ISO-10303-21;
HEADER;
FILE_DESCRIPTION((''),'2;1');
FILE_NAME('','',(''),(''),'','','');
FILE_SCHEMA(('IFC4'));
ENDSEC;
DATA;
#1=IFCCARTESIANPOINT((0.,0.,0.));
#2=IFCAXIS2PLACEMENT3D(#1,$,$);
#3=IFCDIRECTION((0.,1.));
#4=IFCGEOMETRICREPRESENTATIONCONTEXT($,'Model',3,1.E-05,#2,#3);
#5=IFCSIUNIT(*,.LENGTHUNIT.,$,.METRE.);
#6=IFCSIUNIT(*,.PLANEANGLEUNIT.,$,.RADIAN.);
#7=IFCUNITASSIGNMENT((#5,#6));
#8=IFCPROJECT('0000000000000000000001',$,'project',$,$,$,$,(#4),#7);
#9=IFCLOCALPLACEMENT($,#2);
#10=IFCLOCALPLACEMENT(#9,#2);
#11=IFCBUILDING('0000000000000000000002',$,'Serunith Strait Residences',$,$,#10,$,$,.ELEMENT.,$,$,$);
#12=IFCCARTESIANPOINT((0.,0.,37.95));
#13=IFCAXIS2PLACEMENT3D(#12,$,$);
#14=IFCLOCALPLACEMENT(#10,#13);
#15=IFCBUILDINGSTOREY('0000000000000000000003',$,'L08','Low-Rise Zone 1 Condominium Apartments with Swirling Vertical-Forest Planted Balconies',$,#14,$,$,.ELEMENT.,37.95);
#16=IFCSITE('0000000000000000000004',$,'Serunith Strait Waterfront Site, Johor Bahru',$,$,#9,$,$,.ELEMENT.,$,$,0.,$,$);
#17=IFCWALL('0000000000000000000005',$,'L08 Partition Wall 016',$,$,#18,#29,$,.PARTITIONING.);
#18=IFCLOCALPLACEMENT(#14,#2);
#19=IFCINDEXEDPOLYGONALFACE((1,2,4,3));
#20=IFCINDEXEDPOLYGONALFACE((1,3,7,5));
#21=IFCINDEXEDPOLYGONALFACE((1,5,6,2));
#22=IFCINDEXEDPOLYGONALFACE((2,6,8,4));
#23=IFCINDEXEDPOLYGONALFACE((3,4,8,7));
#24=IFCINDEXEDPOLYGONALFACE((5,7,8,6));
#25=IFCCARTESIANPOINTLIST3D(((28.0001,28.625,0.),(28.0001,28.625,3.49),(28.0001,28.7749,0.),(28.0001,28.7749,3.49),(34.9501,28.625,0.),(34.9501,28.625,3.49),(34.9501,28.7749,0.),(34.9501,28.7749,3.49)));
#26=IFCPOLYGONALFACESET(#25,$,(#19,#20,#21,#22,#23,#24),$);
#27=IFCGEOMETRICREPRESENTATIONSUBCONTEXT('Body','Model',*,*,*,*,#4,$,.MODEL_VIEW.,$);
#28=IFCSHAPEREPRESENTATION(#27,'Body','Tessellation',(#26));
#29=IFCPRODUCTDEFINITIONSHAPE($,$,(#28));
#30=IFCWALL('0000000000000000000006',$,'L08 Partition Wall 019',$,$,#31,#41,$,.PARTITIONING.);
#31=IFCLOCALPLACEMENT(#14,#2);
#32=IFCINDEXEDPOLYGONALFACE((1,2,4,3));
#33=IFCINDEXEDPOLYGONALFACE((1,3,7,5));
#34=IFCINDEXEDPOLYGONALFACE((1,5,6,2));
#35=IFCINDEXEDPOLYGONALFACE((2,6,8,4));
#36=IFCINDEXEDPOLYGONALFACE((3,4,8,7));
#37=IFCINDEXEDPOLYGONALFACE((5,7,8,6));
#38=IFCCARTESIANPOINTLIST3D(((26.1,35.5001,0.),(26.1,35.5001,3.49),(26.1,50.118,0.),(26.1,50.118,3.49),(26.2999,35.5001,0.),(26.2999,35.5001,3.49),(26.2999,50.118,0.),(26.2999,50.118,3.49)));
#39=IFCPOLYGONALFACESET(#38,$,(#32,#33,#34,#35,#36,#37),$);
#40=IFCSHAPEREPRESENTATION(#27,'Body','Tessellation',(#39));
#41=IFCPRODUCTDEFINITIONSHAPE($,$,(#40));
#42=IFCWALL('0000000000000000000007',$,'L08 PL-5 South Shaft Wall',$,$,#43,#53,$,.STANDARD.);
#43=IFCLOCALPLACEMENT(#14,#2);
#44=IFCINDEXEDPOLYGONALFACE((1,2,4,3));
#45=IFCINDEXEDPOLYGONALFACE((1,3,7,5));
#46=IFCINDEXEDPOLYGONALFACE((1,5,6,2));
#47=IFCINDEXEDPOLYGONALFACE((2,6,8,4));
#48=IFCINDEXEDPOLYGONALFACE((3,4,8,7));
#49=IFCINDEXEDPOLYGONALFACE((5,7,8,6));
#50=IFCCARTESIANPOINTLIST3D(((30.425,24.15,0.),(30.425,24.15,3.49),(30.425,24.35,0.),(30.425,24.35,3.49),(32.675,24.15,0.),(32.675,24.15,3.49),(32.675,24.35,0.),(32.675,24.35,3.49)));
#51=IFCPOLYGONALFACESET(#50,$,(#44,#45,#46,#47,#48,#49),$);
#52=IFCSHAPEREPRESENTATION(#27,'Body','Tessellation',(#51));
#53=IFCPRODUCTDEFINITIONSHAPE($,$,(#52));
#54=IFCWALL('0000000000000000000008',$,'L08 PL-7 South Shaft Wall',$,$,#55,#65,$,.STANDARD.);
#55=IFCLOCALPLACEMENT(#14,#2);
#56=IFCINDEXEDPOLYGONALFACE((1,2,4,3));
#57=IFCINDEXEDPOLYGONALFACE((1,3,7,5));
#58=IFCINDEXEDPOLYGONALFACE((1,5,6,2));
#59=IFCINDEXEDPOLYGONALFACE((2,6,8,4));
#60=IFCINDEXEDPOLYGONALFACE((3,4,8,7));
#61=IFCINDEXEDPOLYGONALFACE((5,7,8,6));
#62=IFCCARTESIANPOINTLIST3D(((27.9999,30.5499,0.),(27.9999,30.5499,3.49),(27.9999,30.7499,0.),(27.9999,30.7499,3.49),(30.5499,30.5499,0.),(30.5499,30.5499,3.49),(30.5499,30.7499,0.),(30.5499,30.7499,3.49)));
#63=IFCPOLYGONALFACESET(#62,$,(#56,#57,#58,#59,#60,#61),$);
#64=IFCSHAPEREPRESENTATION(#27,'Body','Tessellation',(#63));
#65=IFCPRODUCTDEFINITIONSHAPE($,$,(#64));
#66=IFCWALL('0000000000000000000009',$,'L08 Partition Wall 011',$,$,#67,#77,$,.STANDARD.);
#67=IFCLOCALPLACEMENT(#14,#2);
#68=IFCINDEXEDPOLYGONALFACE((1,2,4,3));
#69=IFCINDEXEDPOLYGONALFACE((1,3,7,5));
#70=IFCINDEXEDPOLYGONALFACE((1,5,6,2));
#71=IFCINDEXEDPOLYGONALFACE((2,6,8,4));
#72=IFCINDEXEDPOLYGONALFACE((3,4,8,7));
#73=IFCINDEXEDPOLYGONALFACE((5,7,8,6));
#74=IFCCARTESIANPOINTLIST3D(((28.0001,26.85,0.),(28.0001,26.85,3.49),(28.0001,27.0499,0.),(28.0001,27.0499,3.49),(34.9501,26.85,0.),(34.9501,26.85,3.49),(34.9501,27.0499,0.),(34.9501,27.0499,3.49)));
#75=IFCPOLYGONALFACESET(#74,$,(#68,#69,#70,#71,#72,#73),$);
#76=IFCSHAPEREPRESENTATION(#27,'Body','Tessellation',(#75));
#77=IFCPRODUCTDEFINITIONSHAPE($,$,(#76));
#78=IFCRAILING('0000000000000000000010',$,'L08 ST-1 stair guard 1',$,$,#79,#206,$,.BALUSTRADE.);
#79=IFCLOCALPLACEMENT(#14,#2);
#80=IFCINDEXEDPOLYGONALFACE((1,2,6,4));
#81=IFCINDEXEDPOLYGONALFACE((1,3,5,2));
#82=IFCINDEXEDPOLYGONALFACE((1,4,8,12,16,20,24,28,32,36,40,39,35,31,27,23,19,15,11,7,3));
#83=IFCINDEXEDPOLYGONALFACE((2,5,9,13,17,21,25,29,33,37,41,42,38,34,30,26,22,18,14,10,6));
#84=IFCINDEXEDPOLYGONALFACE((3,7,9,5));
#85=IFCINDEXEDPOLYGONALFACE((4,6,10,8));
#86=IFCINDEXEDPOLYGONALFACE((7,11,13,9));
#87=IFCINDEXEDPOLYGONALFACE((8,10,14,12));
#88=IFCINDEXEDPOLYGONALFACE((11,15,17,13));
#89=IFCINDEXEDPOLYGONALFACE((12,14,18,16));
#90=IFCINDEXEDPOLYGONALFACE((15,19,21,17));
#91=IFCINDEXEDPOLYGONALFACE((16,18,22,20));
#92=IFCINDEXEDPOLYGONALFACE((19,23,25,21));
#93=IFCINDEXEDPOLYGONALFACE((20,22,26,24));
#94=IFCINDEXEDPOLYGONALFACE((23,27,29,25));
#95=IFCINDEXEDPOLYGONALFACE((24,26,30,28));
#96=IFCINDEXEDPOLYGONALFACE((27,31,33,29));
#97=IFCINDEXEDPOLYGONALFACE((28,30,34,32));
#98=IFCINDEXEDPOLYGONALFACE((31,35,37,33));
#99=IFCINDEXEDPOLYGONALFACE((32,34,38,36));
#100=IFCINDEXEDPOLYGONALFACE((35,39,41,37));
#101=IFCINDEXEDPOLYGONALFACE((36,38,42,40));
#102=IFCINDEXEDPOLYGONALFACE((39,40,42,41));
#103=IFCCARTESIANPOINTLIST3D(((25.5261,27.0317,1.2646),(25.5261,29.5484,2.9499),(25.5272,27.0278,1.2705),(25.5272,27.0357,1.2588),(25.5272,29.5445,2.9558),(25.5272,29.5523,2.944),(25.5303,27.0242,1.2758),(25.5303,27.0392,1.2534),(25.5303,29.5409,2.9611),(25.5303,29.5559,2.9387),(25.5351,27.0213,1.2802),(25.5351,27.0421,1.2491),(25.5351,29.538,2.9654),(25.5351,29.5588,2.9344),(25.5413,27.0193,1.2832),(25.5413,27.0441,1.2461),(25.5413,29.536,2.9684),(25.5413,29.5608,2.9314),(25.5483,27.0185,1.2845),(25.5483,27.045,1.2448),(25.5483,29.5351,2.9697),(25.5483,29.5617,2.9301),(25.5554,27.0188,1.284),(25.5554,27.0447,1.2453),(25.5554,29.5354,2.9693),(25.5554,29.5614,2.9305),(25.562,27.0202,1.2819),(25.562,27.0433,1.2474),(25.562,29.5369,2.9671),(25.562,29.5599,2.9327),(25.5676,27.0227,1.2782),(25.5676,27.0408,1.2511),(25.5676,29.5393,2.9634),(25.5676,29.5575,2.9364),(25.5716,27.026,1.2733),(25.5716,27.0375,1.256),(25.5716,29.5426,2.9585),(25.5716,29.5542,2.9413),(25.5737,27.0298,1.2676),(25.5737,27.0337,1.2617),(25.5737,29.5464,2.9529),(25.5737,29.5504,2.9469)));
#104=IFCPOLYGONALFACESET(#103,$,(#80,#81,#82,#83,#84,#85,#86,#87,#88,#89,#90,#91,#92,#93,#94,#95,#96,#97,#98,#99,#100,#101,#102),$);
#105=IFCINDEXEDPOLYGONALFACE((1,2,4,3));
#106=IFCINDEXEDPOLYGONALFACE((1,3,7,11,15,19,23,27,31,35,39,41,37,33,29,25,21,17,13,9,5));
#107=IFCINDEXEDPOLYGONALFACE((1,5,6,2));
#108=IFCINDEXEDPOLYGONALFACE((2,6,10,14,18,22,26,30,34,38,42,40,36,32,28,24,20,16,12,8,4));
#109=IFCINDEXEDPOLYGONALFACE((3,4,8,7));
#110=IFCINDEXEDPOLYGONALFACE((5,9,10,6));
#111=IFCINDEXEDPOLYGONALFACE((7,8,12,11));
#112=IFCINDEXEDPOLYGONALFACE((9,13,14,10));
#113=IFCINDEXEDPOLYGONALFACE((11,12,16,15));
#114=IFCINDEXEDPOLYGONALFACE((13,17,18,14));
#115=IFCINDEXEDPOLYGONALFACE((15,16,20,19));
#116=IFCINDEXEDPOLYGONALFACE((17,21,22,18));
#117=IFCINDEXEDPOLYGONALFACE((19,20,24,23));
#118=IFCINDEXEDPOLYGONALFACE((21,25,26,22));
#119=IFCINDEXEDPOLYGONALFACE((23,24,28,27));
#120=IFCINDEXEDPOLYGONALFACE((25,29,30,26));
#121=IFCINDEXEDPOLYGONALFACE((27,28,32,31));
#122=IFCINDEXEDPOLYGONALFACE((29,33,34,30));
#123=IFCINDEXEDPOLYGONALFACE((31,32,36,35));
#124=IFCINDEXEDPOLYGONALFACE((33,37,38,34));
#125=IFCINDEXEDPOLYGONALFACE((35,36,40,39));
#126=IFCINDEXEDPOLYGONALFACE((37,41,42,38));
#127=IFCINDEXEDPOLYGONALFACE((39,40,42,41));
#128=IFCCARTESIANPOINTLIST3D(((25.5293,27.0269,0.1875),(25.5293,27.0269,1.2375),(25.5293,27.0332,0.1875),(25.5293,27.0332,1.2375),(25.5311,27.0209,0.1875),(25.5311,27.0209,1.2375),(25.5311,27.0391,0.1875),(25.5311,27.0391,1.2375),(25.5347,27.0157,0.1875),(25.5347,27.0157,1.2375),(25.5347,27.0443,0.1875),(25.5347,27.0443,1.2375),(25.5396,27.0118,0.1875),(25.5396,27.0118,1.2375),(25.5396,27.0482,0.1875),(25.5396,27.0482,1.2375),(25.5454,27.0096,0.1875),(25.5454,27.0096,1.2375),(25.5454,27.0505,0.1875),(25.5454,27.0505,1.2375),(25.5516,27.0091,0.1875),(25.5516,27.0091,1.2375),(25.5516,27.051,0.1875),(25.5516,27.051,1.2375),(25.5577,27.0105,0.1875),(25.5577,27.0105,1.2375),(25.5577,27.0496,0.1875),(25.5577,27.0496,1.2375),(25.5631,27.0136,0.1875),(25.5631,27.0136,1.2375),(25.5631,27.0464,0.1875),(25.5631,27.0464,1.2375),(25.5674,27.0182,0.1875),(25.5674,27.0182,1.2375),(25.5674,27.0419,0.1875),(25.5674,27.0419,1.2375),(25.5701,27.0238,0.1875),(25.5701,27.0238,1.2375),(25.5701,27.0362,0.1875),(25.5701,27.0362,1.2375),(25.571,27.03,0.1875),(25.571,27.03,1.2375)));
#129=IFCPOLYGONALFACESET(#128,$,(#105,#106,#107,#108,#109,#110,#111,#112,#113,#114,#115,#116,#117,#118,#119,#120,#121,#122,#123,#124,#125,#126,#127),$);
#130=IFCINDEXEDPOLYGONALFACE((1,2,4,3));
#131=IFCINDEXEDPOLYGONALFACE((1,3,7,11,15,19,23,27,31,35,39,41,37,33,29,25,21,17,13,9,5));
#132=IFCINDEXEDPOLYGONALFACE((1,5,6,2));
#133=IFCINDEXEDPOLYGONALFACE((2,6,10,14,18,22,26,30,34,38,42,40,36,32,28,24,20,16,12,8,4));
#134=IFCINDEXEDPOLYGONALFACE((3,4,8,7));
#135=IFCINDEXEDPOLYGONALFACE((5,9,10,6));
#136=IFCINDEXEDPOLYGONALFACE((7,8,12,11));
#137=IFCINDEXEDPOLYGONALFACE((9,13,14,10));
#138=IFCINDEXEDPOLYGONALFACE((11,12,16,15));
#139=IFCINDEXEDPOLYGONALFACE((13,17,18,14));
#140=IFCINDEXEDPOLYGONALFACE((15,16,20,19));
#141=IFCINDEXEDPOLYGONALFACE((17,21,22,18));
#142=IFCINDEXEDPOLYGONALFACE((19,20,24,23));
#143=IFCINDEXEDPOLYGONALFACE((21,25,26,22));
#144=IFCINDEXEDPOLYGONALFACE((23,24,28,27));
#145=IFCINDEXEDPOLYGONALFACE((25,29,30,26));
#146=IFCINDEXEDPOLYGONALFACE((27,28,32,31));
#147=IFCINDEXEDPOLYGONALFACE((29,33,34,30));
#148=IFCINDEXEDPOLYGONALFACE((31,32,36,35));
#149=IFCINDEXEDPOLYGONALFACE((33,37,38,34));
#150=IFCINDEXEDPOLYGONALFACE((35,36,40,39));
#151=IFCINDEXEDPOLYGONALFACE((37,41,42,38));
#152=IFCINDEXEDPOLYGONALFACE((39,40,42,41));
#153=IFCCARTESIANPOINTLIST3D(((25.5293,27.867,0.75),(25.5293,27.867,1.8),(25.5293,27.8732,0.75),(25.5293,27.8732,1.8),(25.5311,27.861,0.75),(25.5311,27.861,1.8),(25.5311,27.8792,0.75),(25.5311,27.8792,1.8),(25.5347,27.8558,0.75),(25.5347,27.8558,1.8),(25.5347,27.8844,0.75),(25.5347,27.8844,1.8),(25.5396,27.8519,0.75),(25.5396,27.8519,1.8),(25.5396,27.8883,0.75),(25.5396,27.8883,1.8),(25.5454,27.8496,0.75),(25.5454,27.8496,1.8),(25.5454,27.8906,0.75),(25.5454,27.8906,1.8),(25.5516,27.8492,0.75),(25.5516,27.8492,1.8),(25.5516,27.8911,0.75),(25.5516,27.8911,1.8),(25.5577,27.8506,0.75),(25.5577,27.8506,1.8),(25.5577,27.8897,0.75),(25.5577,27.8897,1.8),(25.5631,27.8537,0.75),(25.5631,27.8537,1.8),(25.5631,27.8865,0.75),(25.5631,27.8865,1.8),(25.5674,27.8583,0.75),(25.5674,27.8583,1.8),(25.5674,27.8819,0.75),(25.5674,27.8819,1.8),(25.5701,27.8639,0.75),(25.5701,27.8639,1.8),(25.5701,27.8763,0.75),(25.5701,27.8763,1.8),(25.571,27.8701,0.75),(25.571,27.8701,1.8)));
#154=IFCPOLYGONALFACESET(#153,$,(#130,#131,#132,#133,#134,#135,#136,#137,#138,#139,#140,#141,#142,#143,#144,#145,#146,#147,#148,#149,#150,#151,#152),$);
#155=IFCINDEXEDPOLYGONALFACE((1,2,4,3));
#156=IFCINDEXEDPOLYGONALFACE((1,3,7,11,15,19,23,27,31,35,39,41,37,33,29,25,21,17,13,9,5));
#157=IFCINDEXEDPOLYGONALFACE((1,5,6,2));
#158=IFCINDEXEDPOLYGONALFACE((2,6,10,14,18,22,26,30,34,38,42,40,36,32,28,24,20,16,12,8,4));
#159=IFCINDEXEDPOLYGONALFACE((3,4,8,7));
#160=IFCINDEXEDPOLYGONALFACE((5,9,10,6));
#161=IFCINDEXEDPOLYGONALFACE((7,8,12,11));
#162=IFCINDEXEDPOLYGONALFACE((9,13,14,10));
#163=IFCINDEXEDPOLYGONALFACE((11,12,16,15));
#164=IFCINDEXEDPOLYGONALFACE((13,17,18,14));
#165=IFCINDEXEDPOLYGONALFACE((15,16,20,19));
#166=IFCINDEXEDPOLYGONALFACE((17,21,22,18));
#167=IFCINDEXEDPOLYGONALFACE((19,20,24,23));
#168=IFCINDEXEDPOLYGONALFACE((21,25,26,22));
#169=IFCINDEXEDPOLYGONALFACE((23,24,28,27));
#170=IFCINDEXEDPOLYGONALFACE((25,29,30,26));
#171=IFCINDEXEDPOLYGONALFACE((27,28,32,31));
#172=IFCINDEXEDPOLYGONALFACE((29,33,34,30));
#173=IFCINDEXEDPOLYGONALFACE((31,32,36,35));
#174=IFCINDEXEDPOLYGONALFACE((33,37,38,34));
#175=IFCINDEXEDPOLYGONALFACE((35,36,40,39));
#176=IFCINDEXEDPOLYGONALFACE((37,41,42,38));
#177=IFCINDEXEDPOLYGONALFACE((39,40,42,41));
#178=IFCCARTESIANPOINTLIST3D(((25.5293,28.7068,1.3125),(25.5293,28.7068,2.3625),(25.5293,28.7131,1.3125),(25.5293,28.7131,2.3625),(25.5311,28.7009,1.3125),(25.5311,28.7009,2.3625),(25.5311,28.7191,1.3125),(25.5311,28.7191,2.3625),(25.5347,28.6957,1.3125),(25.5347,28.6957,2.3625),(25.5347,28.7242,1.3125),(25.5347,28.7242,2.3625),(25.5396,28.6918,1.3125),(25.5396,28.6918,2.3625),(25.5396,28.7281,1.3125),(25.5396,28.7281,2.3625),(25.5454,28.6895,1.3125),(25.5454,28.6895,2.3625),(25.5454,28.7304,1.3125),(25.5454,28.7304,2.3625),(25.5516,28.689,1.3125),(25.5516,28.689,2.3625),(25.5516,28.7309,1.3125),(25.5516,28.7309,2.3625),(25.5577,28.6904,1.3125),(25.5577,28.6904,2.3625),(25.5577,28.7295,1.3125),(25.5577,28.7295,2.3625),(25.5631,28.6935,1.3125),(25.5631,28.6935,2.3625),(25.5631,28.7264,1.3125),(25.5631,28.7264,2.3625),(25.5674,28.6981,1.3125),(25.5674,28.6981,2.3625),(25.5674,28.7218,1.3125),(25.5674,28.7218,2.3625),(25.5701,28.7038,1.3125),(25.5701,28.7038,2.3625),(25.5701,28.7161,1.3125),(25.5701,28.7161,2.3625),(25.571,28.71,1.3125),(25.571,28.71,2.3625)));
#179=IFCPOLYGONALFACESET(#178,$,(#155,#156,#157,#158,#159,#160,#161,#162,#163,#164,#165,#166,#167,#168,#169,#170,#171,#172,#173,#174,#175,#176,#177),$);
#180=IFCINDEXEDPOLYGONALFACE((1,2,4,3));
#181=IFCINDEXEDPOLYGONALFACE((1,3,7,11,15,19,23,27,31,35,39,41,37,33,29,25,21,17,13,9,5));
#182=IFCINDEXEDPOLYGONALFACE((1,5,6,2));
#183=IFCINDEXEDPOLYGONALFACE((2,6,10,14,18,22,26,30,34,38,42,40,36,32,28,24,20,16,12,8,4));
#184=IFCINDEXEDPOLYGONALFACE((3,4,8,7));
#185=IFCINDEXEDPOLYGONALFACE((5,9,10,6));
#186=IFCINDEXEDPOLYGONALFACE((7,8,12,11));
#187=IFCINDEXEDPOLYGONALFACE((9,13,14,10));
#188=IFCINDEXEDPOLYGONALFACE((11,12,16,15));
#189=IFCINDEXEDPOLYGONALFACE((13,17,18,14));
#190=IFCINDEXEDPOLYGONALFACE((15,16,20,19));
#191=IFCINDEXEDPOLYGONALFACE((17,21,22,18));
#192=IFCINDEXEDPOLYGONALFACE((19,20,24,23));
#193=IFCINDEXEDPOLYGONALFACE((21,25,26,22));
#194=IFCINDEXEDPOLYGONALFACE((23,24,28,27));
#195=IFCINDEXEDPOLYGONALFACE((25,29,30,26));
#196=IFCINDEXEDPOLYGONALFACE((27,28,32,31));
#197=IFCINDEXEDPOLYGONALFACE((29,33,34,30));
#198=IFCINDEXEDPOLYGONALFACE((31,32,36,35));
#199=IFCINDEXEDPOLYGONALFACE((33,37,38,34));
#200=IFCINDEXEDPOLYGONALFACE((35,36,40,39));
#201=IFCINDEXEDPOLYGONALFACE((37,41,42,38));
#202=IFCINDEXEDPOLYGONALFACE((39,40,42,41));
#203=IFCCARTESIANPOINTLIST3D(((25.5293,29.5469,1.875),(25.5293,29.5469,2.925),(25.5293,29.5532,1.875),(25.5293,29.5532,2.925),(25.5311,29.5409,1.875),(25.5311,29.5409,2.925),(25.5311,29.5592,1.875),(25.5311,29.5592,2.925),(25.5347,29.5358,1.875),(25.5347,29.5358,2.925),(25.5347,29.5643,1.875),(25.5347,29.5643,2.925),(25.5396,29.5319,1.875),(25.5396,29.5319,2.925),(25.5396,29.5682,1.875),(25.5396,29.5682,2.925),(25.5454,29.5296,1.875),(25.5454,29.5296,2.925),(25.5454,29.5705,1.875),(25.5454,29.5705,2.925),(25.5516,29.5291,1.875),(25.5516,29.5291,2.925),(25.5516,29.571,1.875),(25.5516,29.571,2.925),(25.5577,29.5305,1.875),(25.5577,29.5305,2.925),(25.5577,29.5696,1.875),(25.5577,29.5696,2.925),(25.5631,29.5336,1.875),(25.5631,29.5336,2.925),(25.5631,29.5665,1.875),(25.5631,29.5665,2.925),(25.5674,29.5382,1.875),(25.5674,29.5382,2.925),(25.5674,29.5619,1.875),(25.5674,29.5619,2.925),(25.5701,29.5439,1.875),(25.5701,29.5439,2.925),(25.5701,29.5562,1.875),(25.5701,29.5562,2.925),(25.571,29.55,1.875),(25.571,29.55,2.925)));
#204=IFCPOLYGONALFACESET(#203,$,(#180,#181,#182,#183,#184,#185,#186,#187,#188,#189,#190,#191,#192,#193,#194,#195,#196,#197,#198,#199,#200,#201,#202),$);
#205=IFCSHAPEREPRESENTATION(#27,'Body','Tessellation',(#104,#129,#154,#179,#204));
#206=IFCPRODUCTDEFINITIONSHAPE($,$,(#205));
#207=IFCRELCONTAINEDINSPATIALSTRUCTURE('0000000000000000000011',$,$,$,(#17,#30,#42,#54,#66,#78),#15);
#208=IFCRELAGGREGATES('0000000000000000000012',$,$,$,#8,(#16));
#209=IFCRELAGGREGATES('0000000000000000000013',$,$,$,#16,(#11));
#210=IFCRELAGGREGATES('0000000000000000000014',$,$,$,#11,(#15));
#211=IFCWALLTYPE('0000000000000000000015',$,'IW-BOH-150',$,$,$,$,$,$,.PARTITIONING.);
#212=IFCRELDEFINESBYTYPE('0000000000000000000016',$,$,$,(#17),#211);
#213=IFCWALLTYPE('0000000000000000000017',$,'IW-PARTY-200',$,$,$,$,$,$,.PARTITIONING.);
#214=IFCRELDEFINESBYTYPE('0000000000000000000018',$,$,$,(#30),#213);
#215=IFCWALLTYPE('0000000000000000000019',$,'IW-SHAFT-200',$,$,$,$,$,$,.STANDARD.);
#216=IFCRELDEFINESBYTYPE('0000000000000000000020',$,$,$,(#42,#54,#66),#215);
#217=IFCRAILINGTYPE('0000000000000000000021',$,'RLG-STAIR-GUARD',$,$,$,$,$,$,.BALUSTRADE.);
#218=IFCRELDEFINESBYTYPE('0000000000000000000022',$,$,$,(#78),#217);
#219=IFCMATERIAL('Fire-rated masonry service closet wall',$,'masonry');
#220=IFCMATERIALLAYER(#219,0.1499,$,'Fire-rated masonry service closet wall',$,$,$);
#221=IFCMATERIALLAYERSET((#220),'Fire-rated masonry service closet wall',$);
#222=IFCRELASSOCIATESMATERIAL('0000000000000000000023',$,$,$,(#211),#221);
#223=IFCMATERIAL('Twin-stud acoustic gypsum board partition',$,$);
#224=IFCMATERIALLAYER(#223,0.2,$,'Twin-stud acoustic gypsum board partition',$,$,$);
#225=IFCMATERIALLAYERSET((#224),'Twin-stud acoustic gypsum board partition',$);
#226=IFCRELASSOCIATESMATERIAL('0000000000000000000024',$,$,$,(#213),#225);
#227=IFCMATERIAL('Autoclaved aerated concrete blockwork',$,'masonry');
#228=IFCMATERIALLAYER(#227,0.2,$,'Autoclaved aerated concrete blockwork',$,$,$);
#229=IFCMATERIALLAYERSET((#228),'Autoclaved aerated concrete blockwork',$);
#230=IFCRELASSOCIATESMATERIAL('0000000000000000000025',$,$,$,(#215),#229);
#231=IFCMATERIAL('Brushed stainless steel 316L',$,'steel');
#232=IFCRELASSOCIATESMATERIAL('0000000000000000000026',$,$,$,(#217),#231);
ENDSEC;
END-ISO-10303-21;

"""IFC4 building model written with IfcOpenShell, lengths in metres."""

from ifc_helpers import new_model, si_unit, direction, frame, frame_2d, origin, origin_2d, place, context, subcontext, project, spatial, rectangle, circle, extrude, material, layer, layer_set, type_object, element, save


model = new_model("IFC4")

# Units and contexts
model_context = context("Model", 3, precision=1e-05, world=origin(), true_north=direction((0.0, 1.0)))
body_context = subcontext(model_context, "Body", "Model", "MODEL_VIEW")
ifc_project = project(units=[si_unit("LENGTHUNIT", "METRE"), si_unit("PLANEANGLEUNIT", "RADIAN")], contexts=[model_context])

# Site, building, storey
site_placement = place(None, origin())
site = spatial("IfcSite", under=ifc_project, at=site_placement, Name="Serunith Strait Waterfront Site, Johor Bahru", CompositionType="ELEMENT", RefElevation=0.0)
building_placement = place(site_placement, origin())
building = spatial("IfcBuilding", under=site, at=building_placement, Name="Serunith Strait Residences", CompositionType="ELEMENT")
storey_placement = place(building_placement, frame((0.0, 0.0, 37.95)))
storey = spatial("IfcBuildingStorey", under=building, at=storey_placement, Name="L08", Description="Low-Rise Zone 1 Condominium Apartments with Swirling Vertical-Forest Planted Balconies", CompositionType="ELEMENT", Elevation=37.95)

# Walls
ifc_material_1 = material(Name="Fire-rated masonry service closet wall", Category="masonry")
ifc_layer_1 = layer(ifc_material_1, 0.1499, Name="Fire-rated masonry service closet wall")
ifc_layer_set_1 = layer_set([ifc_layer_1], Name="Fire-rated masonry service closet wall")
wall_type_1 = type_object("IfcWallType", Name="IW-BOH-150", PredefinedType="PARTITIONING", material=ifc_layer_set_1)
wall_1_placement = place(storey_placement, frame((28.0, 28.7, 0.0), z_axis=(0.0, 0.0, 1.0), x_axis=(1.0, 0.0, 0.0)))
element("IfcWall", 1, at=wall_1_placement, inside=storey, type_object=wall_type_1, Name="L08 Partition Wall 016", PredefinedType="PARTITIONING", context=body_context, shape_type="SweptSolid", body=[
    extrude(rectangle(XDim=6.95, YDim=0.1499, at=frame_2d((3.4751, 0.0))), origin(), (0.0, 0.0, 1.0), 3.49),
])
ifc_material_2 = material(Name="Twin-stud acoustic gypsum board partition")
ifc_layer_2 = layer(ifc_material_2, 0.2, Name="Twin-stud acoustic gypsum board partition")
ifc_layer_set_2 = layer_set([ifc_layer_2], Name="Twin-stud acoustic gypsum board partition")
wall_type_2 = type_object("IfcWallType", Name="IW-PARTY-200", PredefinedType="PARTITIONING", material=ifc_layer_set_2)
wall_2_placement = place(storey_placement, frame((26.2, 35.5, 0.0), z_axis=(0.0, 0.0, 1.0), x_axis=(0.0, 1.0, 0.0)))
element("IfcWall", 2, at=wall_2_placement, inside=storey, type_object=wall_type_2, Name="L08 Partition Wall 019", PredefinedType="PARTITIONING", context=body_context, shape_type="SweptSolid", body=[
    extrude(rectangle(XDim=14.6179, YDim=0.2, at=frame_2d((7.3091, 0.0))), origin(), (0.0, 0.0, 1.0), 3.49),
])
ifc_material_3 = material(Name="Autoclaved aerated concrete blockwork", Category="masonry")
ifc_layer_3 = layer(ifc_material_3, 0.2, Name="Autoclaved aerated concrete blockwork")
ifc_layer_set_3 = layer_set([ifc_layer_3], Name="Autoclaved aerated concrete blockwork")
wall_type_3 = type_object("IfcWallType", Name="IW-SHAFT-200", PredefinedType="STANDARD", material=ifc_layer_set_3)
wall_3_placement = place(storey_placement, frame((30.425, 24.25, 0.0), z_axis=(0.0, 0.0, 1.0), x_axis=(1.0, 0.0, 0.0)))
element("IfcWall", 3, at=wall_3_placement, inside=storey, type_object=wall_type_3, Name="L08 PL-5 South Shaft Wall", PredefinedType="STANDARD", context=body_context, shape_type="SweptSolid", body=[
    extrude(rectangle(XDim=2.25, YDim=0.2, at=frame_2d((1.125, 0.0))), origin(), (0.0, 0.0, 1.0), 3.49),
])
wall_4_placement = place(storey_placement, frame((28.0, 30.6499, 0.0), z_axis=(0.0, 0.0, 1.0), x_axis=(1.0, 0.0, 0.0)))
element("IfcWall", 4, at=wall_4_placement, inside=storey, type_object=wall_type_3, Name="L08 PL-7 South Shaft Wall", PredefinedType="STANDARD", context=body_context, shape_type="SweptSolid", body=[
    extrude(rectangle(XDim=2.55, YDim=0.2, at=frame_2d((1.2749, 0.0))), origin(), (0.0, 0.0, 1.0), 3.49),
])
wall_5_placement = place(storey_placement, frame((28.0, 26.95, 0.0), z_axis=(0.0, 0.0, 1.0), x_axis=(1.0, 0.0, 0.0)))
element("IfcWall", 5, at=wall_5_placement, inside=storey, type_object=wall_type_3, Name="L08 Partition Wall 011", PredefinedType="STANDARD", context=body_context, shape_type="SweptSolid", body=[
    extrude(rectangle(XDim=6.95, YDim=0.2, at=frame_2d((3.4751, 0.0))), origin(), (0.0, 0.0, 1.0), 3.49),
])

# Railing
ifc_material_4 = material(Name="Brushed stainless steel 316L", Category="steel")
railing_type_1 = type_object("IfcRailingType", Name="RLG-STAIR-GUARD", PredefinedType="BALUSTRADE", material=ifc_material_4)
railing_1_placement = place(storey_placement, frame((25.55, 27.03, 0.1875)))
element("IfcRailing", 6, at=railing_1_placement, inside=storey, type_object=railing_type_1, Name="L08 ST-1 stair guard 1", PredefinedType="BALUSTRADE", context=body_context, shape_type="SweptSolid", body=[
    extrude(circle(Radius=0.0239, at=origin_2d()), frame((0.0, 0.0017, 1.0771), z_axis=(0.0, 0.830909, 0.556408), x_axis=(-1.0, 0.0, 0.0)), (0.0, 0.0, 1.0), 3.0288),
    extrude(circle(Radius=0.021, at=origin_2d()), origin(), (0.0, 0.0, 1.0), 1.05),
    extrude(circle(Radius=0.021, at=origin_2d()), frame((0.0, 0.8401, 0.5625)), (0.0, 0.0, 1.0), 1.05),
    extrude(circle(Radius=0.021, at=origin_2d()), frame((0.0, 1.6799, 1.125)), (0.0, 0.0, 1.0), 1.05),
    extrude(circle(Radius=0.021, at=origin_2d()), frame((0.0, 2.52, 1.6875)), (0.0, 0.0, 1.0), 1.05),
])

save(model, "model.ifc")
